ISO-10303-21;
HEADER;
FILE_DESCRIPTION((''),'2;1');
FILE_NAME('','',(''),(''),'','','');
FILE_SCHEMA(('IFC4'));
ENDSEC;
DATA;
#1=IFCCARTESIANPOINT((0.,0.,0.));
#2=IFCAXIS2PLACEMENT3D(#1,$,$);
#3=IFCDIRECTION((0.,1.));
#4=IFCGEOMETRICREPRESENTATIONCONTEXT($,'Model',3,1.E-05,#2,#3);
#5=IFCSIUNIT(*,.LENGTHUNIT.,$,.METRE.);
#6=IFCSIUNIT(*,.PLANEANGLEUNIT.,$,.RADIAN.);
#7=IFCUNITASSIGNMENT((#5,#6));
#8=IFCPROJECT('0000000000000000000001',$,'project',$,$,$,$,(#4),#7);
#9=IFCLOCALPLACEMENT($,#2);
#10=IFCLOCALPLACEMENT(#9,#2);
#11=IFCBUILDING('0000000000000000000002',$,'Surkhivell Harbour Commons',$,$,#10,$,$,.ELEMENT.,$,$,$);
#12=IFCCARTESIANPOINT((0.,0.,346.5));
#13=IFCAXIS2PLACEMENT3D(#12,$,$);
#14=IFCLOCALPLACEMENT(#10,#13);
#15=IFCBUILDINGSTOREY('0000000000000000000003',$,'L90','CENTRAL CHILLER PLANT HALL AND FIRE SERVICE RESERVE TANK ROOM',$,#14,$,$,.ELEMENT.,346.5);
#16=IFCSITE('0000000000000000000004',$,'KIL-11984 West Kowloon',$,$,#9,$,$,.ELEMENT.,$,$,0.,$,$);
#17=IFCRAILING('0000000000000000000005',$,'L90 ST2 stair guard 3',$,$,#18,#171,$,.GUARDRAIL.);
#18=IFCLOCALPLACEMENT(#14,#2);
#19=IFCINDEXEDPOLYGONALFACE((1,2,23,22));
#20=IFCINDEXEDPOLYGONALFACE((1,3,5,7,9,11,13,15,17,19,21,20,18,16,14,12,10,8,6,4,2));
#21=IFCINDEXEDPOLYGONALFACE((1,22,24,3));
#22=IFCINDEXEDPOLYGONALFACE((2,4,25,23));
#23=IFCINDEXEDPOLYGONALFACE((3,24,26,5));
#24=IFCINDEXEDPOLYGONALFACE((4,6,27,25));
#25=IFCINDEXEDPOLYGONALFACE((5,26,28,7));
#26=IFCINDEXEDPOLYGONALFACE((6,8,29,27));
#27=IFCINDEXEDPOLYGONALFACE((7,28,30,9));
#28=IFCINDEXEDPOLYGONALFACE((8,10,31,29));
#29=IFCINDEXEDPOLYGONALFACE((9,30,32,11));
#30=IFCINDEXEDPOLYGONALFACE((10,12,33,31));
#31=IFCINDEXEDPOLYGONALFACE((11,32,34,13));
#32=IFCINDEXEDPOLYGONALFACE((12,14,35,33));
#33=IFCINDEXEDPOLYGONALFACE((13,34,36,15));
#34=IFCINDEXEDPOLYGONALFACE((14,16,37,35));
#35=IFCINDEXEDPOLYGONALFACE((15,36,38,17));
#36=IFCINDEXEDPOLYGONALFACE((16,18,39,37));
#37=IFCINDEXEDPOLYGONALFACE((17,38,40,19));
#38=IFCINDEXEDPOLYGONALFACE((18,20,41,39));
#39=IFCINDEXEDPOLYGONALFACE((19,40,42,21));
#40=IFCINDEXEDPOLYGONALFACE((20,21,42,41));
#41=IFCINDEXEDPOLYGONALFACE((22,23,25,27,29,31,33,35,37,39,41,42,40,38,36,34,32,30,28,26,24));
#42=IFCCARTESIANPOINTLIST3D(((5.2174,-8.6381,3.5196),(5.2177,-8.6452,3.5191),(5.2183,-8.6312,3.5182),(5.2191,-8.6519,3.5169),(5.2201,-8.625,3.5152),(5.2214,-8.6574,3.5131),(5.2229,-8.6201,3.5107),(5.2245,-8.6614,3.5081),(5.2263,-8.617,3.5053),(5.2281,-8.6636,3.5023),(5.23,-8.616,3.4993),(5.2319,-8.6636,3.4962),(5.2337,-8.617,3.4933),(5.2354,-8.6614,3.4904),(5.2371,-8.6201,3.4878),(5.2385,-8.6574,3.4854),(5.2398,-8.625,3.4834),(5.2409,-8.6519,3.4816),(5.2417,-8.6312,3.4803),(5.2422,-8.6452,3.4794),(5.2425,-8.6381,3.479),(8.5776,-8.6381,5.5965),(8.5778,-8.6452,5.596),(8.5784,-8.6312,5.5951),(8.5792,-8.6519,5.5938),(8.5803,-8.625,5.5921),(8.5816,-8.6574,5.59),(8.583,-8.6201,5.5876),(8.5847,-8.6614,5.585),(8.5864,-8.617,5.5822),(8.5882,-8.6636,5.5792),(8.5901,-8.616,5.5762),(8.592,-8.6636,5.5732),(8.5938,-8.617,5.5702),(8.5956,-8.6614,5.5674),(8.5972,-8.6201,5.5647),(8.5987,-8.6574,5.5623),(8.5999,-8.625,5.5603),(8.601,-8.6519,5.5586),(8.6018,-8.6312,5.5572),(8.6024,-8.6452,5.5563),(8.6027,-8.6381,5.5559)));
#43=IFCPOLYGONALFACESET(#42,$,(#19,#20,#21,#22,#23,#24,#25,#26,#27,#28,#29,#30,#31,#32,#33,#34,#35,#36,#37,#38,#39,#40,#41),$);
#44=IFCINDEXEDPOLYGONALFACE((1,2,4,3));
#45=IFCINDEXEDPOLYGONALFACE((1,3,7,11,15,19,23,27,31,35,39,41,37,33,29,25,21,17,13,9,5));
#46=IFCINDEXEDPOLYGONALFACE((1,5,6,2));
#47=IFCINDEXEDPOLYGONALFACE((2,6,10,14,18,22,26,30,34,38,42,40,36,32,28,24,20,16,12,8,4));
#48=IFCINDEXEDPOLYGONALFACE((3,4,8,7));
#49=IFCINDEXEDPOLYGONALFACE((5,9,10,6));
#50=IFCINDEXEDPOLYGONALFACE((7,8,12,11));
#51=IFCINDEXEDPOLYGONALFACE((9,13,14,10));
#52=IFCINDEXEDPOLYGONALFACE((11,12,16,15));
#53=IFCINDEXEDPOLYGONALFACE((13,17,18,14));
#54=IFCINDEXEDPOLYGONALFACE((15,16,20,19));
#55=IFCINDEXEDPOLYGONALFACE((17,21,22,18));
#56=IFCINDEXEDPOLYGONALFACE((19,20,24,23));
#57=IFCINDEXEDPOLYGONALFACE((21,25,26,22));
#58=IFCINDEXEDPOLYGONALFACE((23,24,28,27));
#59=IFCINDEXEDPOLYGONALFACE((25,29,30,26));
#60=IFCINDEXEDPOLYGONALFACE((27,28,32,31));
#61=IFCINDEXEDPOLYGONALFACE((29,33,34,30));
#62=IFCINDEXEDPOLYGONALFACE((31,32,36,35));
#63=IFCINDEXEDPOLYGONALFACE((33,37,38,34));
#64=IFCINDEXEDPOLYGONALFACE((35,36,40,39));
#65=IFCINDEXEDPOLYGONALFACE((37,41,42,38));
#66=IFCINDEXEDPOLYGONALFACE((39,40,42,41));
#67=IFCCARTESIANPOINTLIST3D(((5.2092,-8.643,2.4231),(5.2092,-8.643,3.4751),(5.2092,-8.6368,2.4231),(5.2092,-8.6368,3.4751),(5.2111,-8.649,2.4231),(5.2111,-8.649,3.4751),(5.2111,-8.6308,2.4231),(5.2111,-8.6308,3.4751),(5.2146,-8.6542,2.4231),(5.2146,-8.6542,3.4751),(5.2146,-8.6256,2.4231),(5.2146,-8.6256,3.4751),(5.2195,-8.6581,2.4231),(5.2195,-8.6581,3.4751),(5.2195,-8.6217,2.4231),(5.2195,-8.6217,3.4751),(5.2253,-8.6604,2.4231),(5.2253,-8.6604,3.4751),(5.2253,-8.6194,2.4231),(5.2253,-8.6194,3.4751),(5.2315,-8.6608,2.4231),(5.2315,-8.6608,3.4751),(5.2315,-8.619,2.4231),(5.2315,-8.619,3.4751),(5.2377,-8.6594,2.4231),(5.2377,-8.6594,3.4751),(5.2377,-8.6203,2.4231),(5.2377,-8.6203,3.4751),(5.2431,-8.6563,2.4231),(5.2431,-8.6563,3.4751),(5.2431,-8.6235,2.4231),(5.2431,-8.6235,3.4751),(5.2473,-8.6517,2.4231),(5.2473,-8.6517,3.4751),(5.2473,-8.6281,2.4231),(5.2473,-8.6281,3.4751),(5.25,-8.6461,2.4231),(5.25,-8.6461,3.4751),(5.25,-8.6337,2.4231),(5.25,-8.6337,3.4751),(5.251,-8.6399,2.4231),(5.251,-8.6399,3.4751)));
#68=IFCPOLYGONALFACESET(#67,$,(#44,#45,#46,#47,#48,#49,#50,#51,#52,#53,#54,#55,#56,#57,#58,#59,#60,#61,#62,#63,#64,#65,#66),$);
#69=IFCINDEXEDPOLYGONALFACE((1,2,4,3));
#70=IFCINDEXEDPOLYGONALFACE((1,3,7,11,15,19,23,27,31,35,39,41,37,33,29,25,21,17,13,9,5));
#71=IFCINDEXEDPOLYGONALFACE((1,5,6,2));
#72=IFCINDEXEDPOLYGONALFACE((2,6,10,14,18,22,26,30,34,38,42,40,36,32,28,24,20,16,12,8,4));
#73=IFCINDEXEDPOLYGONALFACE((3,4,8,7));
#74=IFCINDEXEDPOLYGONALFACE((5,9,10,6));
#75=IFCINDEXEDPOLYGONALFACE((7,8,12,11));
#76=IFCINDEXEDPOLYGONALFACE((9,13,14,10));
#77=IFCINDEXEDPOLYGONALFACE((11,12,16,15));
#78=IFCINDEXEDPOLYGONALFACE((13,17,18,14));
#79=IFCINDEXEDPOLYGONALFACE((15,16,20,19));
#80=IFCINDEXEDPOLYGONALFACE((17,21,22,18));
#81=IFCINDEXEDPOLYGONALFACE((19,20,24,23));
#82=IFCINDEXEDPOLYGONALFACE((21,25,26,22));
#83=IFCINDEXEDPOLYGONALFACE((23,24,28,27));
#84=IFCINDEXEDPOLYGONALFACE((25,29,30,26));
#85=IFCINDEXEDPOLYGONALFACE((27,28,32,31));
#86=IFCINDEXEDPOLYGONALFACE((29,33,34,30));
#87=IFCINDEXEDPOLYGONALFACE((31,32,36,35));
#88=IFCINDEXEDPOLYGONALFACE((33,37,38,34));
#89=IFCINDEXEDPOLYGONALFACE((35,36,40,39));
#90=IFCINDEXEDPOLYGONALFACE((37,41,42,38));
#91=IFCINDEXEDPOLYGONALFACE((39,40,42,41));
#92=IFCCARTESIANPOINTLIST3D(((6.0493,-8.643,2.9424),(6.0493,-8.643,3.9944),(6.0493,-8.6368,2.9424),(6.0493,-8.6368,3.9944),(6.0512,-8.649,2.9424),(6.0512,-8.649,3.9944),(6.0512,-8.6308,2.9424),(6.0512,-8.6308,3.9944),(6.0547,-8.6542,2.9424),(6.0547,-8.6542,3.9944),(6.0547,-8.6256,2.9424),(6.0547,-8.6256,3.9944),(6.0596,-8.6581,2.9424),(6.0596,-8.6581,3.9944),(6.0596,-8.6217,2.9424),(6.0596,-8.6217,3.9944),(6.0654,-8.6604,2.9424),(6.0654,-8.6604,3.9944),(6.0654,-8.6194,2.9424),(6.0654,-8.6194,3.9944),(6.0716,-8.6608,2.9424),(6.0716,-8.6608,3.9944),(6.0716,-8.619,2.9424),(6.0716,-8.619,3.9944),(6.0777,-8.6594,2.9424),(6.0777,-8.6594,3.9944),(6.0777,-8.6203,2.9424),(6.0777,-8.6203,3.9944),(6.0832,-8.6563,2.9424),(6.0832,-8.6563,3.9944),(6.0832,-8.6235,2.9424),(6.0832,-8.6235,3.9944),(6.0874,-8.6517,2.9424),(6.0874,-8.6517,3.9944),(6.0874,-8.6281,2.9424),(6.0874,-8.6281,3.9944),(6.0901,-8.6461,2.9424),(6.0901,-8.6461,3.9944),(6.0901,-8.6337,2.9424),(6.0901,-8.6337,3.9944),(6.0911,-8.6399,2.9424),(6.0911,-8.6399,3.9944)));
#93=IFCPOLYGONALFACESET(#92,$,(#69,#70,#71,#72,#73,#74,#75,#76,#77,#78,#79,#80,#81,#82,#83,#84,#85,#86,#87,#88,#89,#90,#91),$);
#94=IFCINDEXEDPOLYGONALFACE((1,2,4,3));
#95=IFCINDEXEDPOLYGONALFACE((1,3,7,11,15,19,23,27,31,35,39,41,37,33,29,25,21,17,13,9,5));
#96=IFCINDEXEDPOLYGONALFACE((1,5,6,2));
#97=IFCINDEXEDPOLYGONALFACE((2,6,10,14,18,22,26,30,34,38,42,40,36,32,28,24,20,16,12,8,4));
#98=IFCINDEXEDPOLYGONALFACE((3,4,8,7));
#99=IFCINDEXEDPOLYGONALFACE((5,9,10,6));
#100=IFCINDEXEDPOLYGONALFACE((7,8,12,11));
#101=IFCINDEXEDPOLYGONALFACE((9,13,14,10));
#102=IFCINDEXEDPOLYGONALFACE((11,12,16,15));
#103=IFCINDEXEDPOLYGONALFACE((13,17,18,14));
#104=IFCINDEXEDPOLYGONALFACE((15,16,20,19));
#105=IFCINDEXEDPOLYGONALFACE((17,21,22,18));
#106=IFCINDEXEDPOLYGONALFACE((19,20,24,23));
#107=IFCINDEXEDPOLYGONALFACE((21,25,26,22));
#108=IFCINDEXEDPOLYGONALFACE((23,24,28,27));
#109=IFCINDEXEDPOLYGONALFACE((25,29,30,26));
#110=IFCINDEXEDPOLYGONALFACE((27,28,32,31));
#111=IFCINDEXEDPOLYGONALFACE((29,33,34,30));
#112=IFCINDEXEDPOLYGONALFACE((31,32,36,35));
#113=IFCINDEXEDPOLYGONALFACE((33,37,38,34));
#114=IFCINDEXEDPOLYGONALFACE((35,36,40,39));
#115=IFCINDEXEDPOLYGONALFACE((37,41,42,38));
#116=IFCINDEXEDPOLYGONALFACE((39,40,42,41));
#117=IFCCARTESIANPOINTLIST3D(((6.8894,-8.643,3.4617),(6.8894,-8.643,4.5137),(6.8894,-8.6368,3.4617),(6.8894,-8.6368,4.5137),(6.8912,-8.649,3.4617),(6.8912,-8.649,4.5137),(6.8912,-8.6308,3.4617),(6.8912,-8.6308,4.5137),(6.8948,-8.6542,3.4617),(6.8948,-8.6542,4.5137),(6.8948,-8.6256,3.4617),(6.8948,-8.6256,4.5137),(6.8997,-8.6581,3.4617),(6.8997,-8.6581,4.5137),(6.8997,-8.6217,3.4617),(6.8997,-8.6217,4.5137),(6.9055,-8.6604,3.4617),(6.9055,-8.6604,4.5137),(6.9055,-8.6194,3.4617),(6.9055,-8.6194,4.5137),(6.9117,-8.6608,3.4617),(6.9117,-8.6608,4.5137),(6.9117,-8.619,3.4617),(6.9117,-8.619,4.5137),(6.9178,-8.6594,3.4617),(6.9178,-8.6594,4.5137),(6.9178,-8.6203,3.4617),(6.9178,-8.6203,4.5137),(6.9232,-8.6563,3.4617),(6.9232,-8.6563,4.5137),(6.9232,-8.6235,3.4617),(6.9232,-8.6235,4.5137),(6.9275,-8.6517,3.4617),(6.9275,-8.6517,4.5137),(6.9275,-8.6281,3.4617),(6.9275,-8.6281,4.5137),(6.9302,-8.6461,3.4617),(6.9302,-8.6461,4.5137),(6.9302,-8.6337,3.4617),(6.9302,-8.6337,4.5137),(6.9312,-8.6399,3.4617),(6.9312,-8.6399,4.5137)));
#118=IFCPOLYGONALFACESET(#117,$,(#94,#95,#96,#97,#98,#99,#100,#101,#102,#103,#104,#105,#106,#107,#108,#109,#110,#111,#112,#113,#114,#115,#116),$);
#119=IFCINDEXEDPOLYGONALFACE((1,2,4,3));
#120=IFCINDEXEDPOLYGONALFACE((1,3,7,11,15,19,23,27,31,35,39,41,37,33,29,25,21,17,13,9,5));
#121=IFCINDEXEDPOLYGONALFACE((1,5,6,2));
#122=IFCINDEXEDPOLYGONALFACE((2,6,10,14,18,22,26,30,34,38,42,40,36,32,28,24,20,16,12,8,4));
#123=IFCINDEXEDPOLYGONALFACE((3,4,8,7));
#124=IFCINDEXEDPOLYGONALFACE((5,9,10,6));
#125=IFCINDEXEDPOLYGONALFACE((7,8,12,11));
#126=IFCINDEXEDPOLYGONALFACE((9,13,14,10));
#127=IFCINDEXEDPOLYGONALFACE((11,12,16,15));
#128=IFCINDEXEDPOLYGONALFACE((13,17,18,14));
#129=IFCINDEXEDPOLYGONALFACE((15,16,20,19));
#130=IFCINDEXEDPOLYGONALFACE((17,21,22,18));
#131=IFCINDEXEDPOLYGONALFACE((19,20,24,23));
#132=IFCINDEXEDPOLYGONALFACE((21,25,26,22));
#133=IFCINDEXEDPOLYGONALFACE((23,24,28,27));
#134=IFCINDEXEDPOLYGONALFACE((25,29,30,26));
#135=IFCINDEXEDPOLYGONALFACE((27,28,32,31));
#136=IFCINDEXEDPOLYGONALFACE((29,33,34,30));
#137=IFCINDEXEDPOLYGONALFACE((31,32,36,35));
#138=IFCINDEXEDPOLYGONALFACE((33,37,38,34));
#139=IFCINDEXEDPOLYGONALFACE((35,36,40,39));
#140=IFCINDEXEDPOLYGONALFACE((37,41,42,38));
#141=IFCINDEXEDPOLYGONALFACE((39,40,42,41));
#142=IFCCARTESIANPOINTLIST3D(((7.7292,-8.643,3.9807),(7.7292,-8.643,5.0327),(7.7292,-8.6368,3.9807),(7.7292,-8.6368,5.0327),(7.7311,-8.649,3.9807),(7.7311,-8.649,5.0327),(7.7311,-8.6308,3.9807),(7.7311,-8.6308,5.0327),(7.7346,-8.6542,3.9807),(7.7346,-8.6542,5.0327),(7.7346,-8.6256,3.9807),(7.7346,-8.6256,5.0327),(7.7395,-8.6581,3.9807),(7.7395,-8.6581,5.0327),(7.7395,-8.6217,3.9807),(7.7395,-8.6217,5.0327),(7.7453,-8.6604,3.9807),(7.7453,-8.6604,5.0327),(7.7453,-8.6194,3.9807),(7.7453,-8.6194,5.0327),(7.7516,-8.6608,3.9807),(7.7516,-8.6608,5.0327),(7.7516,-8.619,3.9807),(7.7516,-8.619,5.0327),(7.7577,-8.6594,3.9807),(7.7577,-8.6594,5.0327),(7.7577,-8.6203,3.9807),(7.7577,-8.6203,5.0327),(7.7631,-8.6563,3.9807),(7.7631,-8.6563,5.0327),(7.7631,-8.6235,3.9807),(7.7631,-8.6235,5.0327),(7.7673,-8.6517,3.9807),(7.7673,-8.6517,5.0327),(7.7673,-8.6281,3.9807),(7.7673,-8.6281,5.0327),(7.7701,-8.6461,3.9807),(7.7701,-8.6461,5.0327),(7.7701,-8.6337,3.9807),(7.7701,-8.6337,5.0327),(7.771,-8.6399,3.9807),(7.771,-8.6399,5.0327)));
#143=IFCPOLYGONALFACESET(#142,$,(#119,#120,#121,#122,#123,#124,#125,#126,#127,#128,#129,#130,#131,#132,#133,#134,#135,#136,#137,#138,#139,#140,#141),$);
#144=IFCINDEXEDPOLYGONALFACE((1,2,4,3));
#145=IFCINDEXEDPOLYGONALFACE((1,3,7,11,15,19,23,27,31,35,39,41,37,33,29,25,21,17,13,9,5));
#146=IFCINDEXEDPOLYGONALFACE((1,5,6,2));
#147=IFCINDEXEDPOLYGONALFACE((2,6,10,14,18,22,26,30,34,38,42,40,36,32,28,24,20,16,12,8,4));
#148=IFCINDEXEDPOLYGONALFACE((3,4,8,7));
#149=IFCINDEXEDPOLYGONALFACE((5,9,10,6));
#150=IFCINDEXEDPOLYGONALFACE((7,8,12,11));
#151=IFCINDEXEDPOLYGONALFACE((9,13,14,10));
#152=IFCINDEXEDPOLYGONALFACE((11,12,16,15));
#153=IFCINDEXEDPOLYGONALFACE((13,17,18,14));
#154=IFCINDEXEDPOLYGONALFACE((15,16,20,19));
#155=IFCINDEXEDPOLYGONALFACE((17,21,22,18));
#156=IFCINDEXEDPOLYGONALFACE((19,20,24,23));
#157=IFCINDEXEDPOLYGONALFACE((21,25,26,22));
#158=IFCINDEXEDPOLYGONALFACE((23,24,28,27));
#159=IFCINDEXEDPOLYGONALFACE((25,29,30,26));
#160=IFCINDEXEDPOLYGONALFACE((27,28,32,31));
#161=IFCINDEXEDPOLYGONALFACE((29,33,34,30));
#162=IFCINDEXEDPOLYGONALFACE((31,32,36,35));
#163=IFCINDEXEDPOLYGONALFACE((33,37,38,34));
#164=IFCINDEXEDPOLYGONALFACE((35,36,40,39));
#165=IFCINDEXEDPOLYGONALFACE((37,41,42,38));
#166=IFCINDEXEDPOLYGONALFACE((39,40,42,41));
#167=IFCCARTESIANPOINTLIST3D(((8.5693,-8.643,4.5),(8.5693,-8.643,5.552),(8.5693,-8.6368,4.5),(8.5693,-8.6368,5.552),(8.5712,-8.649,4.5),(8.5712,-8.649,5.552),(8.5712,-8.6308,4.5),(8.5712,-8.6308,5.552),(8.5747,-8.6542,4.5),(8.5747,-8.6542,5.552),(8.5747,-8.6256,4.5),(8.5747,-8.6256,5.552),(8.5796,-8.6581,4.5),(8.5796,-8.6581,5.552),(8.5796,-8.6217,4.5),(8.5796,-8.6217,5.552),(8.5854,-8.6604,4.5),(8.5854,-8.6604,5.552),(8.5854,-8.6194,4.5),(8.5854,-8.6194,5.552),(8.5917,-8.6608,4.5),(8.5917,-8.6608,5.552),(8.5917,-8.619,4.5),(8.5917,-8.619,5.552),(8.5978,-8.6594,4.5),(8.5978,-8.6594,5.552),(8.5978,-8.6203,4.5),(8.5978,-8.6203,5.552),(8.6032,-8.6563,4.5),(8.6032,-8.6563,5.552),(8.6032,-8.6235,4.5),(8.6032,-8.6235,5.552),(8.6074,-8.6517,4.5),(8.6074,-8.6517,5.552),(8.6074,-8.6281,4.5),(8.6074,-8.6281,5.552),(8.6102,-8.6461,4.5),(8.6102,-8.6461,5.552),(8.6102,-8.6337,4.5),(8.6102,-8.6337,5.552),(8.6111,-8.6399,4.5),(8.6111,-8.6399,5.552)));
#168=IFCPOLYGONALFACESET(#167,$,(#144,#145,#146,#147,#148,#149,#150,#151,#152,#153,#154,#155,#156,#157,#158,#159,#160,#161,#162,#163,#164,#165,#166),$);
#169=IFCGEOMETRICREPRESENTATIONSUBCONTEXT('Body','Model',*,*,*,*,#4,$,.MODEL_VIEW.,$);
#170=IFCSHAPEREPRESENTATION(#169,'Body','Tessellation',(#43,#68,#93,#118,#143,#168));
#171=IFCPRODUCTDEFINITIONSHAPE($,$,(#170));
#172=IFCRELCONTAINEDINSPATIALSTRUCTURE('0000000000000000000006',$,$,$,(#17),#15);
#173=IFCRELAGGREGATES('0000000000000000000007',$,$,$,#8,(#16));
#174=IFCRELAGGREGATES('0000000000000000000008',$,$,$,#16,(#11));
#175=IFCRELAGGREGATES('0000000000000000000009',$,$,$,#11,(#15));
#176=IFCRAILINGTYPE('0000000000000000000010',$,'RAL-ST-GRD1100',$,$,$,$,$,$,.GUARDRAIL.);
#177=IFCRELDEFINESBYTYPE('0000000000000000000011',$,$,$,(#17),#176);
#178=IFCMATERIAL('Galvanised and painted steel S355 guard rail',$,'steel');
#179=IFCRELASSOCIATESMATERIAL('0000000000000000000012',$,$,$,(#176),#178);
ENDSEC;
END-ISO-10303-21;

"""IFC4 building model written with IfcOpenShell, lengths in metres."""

from ifc_helpers import new_model, si_unit, direction, frame, origin, origin_2d, place, context, subcontext, project, spatial, circle, extrude, material, type_object, element, save


model = new_model("IFC4")

# Units and contexts
model_context = context("Model", 3, precision=1e-05, world=origin(), true_north=direction((0.0, 1.0)))
body_context = subcontext(model_context, "Body", "Model", "MODEL_VIEW")
ifc_project = project(units=[si_unit("LENGTHUNIT", "METRE"), si_unit("PLANEANGLEUNIT", "RADIAN")], contexts=[model_context])

# Site, building, storey
site_placement = place(None, origin())
site = spatial("IfcSite", under=ifc_project, at=site_placement, Name="KIL-11984 West Kowloon", CompositionType="ELEMENT", RefElevation=0.0)
building_placement = place(site_placement, origin())
building = spatial("IfcBuilding", under=site, at=building_placement, Name="Surkhivell Harbour Commons", CompositionType="ELEMENT")
storey_placement = place(building_placement, frame((0.0, 0.0, 346.5)))
storey = spatial("IfcBuildingStorey", under=building, at=storey_placement, Name="L90", Description="CENTRAL CHILLER PLANT HALL AND FIRE SERVICE RESERVE TANK ROOM", CompositionType="ELEMENT", Elevation=346.5)

# Railing
ifc_material_1 = material(Name="Galvanised and painted steel S355 guard rail", Category="steel")
railing_type = type_object("IfcRailingType", Name="RAL-ST-GRD1100", PredefinedType="GUARDRAIL", material=ifc_material_1)
railing_1_placement = place(storey_placement, frame((5.23, -8.6399, 2.4231)))
element("IfcRailing", 1, at=railing_1_placement, inside=storey, type_object=railing_type, Name="L90 ST2 stair guard 3", PredefinedType="GUARDRAIL", context=body_context, shape_type="SweptSolid", body=[
    extrude(circle(Radius=0.0239, at=origin_2d()), frame((0.0, 0.0, 1.0762), z_axis=(0.850623, 0.0, 0.525776), x_axis=(0.0, 1.0, 0.0)), (0.0, 0.0, 1.0), 3.9502),
    extrude(circle(Radius=0.021, at=origin_2d()), origin(), (0.0, 0.0, 1.0), 1.052),
    extrude(circle(Radius=0.021, at=origin_2d()), frame((0.8401, 0.0, 0.5193)), (0.0, 0.0, 1.0), 1.052),
    extrude(circle(Radius=0.021, at=origin_2d()), frame((1.6802, 0.0, 1.0386)), (0.0, 0.0, 1.0), 1.052),
    extrude(circle(Radius=0.021, at=origin_2d()), frame((2.52, 0.0, 1.5576)), (0.0, 0.0, 1.0), 1.052),
    extrude(circle(Radius=0.021, at=origin_2d()), frame((3.3601, 0.0, 2.0769)), (0.0, 0.0, 1.0), 1.052),
])

save(model, "model.ifc")
